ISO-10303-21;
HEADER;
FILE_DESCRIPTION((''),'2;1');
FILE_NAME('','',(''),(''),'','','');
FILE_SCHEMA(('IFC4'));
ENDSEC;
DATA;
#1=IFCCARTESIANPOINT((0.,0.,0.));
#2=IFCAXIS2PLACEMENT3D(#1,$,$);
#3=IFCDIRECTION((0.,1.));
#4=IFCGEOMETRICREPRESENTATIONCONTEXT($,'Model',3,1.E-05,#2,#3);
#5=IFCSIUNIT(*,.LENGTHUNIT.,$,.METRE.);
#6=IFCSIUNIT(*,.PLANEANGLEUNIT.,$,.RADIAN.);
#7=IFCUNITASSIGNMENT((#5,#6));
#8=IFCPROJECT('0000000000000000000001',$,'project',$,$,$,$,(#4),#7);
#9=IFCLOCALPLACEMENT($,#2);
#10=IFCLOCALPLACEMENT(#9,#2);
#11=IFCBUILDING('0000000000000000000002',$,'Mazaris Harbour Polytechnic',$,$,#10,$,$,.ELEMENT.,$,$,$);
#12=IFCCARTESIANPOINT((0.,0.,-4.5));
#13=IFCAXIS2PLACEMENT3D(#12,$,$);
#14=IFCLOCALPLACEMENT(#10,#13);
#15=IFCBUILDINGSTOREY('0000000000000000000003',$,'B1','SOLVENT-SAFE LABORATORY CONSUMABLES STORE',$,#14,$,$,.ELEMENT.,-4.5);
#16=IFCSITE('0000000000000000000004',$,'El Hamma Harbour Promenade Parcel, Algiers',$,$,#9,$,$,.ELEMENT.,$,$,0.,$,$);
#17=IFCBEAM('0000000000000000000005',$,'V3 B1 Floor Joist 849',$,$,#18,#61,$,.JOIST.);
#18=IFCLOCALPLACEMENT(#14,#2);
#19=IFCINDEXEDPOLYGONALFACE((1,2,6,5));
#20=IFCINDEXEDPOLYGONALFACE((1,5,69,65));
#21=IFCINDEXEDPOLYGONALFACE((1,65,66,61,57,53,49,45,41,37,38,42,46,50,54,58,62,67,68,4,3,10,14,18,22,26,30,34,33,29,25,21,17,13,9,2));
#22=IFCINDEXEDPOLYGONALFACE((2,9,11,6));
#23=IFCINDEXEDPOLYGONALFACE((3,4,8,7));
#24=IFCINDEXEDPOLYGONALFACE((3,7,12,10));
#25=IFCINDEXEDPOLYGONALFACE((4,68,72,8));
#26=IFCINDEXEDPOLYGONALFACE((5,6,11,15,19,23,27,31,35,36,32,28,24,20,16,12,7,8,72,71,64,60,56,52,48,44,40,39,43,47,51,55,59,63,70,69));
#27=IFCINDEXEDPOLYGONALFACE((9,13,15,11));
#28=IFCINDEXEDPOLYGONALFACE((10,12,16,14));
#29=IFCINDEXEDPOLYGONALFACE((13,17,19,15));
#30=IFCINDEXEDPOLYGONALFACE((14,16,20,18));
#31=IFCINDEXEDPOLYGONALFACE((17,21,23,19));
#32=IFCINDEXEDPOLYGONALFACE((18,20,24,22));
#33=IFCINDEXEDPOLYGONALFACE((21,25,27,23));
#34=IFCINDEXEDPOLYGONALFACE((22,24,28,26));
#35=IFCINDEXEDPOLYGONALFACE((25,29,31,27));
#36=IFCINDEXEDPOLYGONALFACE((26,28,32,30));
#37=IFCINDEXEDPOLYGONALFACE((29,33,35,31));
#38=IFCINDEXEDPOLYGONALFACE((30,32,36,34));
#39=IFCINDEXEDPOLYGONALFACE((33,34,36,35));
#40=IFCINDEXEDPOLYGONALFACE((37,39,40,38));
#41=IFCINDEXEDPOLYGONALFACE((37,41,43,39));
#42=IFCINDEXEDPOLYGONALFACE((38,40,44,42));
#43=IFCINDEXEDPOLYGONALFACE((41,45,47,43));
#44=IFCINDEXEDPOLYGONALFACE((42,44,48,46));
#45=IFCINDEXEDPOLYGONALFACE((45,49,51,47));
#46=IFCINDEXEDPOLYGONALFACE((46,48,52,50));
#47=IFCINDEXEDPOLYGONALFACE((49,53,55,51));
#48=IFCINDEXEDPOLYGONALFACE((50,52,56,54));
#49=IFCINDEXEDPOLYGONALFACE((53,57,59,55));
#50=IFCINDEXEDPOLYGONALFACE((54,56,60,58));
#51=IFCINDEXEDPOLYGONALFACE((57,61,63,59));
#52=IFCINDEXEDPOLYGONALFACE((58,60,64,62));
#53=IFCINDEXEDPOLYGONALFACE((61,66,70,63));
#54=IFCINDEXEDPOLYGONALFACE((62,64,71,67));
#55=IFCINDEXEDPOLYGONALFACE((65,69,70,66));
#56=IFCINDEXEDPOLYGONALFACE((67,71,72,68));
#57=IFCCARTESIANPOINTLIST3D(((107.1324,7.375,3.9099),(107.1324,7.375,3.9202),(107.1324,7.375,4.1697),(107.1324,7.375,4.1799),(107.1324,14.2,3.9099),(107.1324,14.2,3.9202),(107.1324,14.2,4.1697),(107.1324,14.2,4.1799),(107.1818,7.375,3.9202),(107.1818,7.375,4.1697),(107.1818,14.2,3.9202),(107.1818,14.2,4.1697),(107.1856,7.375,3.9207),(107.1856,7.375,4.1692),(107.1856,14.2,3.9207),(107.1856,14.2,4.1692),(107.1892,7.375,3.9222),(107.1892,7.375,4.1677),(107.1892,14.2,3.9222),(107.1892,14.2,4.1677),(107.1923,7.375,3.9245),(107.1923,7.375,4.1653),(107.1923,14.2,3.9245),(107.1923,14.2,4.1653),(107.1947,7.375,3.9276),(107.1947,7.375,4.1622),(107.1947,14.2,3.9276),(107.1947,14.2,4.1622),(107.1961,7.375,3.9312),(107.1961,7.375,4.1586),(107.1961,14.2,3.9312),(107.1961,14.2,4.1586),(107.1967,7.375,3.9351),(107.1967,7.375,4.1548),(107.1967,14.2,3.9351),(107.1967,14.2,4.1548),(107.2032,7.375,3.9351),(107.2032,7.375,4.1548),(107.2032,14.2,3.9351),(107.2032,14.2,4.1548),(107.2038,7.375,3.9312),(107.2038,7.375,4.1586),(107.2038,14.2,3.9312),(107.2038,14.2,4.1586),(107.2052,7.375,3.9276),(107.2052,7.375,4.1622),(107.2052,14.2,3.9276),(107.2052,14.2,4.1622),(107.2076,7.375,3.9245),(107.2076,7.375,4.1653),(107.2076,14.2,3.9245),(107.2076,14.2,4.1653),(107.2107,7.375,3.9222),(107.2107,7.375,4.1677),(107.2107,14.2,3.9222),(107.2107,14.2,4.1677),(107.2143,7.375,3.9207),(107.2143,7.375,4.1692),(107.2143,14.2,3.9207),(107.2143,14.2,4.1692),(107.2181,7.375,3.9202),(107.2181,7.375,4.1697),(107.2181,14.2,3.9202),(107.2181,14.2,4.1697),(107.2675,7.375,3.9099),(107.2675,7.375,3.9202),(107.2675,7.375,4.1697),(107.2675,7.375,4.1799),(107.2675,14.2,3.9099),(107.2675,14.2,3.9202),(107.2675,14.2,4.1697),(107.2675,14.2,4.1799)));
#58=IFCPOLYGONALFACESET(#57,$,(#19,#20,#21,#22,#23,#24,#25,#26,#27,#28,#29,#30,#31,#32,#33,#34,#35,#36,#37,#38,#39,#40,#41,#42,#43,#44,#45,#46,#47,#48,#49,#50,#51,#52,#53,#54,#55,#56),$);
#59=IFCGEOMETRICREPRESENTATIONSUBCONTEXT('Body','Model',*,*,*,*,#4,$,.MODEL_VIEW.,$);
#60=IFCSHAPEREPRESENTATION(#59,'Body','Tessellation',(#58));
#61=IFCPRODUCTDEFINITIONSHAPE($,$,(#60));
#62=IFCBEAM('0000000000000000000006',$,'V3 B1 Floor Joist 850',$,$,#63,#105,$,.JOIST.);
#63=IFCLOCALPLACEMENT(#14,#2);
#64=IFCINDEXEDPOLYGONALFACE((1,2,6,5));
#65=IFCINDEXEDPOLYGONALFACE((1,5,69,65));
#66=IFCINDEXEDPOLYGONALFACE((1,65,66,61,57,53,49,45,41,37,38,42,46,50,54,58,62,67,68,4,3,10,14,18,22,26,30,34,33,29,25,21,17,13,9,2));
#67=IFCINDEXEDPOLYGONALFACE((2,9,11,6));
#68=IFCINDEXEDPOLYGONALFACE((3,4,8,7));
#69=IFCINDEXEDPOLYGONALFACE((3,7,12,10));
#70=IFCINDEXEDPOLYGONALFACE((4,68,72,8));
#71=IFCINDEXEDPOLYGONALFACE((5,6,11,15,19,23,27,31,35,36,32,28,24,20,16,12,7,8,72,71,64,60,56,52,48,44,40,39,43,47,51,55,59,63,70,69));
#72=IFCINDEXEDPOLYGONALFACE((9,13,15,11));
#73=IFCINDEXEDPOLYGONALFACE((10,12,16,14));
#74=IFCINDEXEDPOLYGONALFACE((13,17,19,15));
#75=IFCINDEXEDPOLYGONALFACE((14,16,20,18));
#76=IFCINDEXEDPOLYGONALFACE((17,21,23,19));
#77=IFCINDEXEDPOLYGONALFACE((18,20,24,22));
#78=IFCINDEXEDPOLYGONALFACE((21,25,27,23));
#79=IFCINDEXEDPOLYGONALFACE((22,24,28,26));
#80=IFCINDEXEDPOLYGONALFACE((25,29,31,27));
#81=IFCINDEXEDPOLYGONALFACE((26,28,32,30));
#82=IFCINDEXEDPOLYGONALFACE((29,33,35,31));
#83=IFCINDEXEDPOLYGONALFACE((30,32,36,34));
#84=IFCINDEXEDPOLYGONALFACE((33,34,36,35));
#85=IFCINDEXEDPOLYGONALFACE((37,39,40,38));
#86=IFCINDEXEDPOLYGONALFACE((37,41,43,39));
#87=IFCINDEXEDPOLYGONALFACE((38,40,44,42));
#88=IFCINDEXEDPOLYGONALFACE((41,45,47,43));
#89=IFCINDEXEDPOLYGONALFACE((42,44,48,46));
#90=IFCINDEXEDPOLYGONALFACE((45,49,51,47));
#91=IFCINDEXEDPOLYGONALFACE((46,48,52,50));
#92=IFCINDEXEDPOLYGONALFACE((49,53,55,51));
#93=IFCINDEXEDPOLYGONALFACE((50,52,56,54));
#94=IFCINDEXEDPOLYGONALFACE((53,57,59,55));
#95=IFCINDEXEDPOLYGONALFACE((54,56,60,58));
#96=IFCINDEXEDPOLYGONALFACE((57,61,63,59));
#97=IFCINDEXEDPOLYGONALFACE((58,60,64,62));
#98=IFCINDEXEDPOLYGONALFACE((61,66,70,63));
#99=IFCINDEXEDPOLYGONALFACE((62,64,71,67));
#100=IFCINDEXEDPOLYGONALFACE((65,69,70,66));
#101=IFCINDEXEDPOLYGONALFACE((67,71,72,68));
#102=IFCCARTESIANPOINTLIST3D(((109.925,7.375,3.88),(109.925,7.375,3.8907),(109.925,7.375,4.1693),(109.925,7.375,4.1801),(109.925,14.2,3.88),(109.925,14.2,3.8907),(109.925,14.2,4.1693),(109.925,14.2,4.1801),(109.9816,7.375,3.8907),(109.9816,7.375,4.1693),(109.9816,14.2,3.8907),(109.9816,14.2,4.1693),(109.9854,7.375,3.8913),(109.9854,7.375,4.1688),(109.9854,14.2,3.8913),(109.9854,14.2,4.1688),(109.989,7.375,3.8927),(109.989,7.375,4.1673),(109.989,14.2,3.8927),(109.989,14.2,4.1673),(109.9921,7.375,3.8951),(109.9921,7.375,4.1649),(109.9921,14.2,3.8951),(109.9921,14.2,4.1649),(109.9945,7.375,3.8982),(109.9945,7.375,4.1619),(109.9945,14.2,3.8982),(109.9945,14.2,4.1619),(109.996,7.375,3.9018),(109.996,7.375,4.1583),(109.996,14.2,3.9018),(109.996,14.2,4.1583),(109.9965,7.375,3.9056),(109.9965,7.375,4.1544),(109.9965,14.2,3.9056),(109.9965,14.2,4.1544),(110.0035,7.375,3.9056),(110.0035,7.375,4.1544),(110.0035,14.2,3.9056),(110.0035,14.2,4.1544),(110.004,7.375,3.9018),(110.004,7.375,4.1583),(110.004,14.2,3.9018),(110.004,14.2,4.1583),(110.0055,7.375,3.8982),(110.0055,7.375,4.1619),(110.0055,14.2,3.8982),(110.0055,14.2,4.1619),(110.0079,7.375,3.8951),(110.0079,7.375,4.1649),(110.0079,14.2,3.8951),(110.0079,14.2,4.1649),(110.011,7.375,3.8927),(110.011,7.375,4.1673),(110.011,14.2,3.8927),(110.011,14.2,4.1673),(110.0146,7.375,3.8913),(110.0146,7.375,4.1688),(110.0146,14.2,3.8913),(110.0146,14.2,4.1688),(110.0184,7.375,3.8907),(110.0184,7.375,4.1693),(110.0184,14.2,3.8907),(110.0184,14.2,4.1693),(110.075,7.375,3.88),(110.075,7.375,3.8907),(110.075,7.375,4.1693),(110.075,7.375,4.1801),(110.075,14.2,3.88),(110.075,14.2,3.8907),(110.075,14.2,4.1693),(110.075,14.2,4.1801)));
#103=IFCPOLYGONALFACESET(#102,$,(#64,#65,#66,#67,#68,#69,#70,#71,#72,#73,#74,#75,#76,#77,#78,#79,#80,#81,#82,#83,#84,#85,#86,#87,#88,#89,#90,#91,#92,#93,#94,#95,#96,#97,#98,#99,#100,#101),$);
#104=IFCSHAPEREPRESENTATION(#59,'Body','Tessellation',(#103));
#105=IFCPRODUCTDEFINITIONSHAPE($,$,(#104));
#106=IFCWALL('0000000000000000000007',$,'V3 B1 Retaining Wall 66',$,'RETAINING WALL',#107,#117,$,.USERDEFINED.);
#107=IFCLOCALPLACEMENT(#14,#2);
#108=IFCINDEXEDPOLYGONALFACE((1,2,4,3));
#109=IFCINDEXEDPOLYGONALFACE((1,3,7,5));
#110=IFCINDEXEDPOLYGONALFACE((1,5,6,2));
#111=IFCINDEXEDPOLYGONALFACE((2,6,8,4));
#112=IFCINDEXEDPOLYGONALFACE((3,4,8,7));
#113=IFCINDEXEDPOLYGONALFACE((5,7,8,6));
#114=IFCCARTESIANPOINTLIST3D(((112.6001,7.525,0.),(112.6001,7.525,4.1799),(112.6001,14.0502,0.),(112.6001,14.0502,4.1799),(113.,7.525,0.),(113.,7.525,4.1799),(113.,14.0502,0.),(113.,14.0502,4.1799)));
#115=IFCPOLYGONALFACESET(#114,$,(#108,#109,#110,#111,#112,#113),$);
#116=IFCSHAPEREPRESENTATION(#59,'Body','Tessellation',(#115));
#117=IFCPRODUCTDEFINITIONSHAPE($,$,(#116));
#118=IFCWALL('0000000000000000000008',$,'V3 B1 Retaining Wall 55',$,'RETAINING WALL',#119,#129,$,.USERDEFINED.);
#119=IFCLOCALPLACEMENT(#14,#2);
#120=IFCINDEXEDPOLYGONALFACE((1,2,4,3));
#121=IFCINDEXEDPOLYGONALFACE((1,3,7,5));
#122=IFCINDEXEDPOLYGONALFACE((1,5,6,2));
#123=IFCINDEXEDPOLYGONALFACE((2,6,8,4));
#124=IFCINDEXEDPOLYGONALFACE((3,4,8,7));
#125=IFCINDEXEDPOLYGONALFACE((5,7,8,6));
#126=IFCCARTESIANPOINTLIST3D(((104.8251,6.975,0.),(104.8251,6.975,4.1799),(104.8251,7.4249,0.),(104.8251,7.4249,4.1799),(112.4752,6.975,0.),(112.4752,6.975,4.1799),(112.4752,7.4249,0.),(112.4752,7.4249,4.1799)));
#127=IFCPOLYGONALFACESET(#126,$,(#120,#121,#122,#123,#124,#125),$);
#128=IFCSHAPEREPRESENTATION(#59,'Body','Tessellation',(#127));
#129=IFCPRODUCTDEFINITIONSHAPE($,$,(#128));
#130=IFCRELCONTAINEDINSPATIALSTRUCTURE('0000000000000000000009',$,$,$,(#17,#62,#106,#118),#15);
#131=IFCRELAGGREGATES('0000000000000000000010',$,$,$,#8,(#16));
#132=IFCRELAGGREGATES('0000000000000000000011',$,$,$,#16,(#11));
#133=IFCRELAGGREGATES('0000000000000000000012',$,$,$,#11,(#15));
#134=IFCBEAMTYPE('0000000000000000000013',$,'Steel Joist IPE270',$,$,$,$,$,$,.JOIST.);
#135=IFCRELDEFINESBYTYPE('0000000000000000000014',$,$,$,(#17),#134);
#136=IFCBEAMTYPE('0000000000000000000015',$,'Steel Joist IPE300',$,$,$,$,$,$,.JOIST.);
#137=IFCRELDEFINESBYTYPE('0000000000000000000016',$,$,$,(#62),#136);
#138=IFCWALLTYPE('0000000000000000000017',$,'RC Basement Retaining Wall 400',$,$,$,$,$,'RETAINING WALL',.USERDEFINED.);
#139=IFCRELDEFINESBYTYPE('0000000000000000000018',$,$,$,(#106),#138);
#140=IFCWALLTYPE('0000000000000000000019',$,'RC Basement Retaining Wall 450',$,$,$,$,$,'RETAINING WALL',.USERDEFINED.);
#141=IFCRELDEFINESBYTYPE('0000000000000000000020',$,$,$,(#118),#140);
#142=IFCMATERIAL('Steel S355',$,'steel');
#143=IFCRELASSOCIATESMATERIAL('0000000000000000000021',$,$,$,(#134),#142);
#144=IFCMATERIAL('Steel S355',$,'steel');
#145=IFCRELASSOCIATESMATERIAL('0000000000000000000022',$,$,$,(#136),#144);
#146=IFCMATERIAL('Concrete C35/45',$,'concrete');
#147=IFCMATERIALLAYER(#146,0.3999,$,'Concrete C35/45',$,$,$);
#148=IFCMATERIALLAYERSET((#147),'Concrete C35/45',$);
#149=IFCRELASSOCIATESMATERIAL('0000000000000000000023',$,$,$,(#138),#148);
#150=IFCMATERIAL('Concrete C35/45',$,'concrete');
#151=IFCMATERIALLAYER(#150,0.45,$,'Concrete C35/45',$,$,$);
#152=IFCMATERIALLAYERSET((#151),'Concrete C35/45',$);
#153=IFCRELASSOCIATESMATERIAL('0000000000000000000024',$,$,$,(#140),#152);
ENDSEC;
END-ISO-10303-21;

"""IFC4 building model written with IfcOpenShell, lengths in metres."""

from ifc_helpers import new_model, si_unit, direction, frame, frame_2d, origin, origin_2d, place, context, subcontext, project, spatial, rectangle, i_section, extrude, material, layer, layer_set, material_profile, profile_set, type_object, element, save


model = new_model("IFC4")

# Units and contexts
model_context = context("Model", 3, precision=1e-05, world=origin(), true_north=direction((0.0, 1.0)))
body_context = subcontext(model_context, "Body", "Model", "MODEL_VIEW")
ifc_project = project(units=[si_unit("LENGTHUNIT", "METRE"), si_unit("PLANEANGLEUNIT", "RADIAN")], contexts=[model_context])

# Site, building, storey
site_placement = place(None, origin())
site = spatial("IfcSite", under=ifc_project, at=site_placement, Name="El Hamma Harbour Promenade Parcel, Algiers", CompositionType="ELEMENT", RefElevation=0.0)
building_placement = place(site_placement, origin())
building = spatial("IfcBuilding", under=site, at=building_placement, Name="Mazaris Harbour Polytechnic", CompositionType="ELEMENT")
storey_placement = place(building_placement, frame((0.0, 0.0, -4.5)))
storey = spatial("IfcBuildingStorey", under=building, at=storey_placement, Name="B1", Description="SOLVENT-SAFE LABORATORY CONSUMABLES STORE", CompositionType="ELEMENT", Elevation=-4.5)

# Beams
ifc_material_1 = material(Name="Steel S355", Category="steel")
ifc_material_profile_1 = material_profile(ifc_material_1, i_section(OverallWidth=0.135, OverallDepth=0.27, WebThickness=0.0066, FlangeThickness=0.0103, FilletRadius=0.0149, at=origin_2d()), Name="IPE 270")
ifc_profile_set_1 = profile_set([ifc_material_profile_1], Name="Steel S355")
beam_type_1 = type_object("IfcBeamType", Name="Steel Joist IPE270", PredefinedType="JOIST", material=ifc_profile_set_1)
beam_1_placement = place(storey_placement, frame((107.2, 7.375, 4.0449), z_axis=(0.0, 1.0, 0.0), x_axis=(-1.0, 0.0, 0.0)))
element("IfcBeam", 1, at=beam_1_placement, inside=storey, type_object=beam_type_1, Name="V3 B1 Floor Joist 849", PredefinedType="JOIST", context=body_context, shape_type="SweptSolid", body=[
    extrude(i_section(OverallWidth=0.135, OverallDepth=0.27, WebThickness=0.0066, FlangeThickness=0.0103, FilletRadius=0.0149, at=origin_2d()), origin(), (0.0, 0.0, 1.0), 6.825),
])
ifc_material_2 = material(Name="Steel S355", Category="steel")
ifc_material_profile_2 = material_profile(ifc_material_2, i_section(OverallWidth=0.1499, OverallDepth=0.3, WebThickness=0.0071, FlangeThickness=0.0107, FilletRadius=0.0149, at=origin_2d()), Name="IPE 300")
ifc_profile_set_2 = profile_set([ifc_material_profile_2], Name="Steel S355")
beam_type_2 = type_object("IfcBeamType", Name="Steel Joist IPE300", PredefinedType="JOIST", material=ifc_profile_set_2)
beam_2_placement = place(storey_placement, frame((110.0, 7.375, 4.03), z_axis=(0.0, 1.0, 0.0), x_axis=(-1.0, 0.0, 0.0)))
element("IfcBeam", 2, at=beam_2_placement, inside=storey, type_object=beam_type_2, Name="V3 B1 Floor Joist 850", PredefinedType="JOIST", context=body_context, shape_type="SweptSolid", body=[
    extrude(i_section(OverallWidth=0.1499, OverallDepth=0.3, WebThickness=0.0071, FlangeThickness=0.0107, FilletRadius=0.0149, at=origin_2d()), origin(), (0.0, 0.0, 1.0), 6.825),
])

# Walls
ifc_material_3 = material(Name="Concrete C35/45", Category="concrete")
ifc_layer_1 = layer(ifc_material_3, 0.3999, Name="Concrete C35/45")
ifc_layer_set_1 = layer_set([ifc_layer_1], Name="Concrete C35/45")
wall_type_1 = type_object("IfcWallType", Name="RC Basement Retaining Wall 400", ElementType="RETAINING WALL", PredefinedType="USERDEFINED", material=ifc_layer_set_1)
wall_1_placement = place(storey_placement, frame((112.8, 7.5249, 0.0), z_axis=(0.0, 0.0, 1.0), x_axis=(0.0, 1.0, 0.0)))
element("IfcWall", 3, at=wall_1_placement, inside=storey, type_object=wall_type_1, Name="V3 B1 Retaining Wall 66", ObjectType="RETAINING WALL", PredefinedType="USERDEFINED", context=body_context, shape_type="SweptSolid", body=[
    extrude(rectangle(XDim=6.5251, YDim=0.3999, at=frame_2d((3.2627, 0.0))), origin(), (0.0, 0.0, 1.0), 4.1799),
])
ifc_material_4 = material(Name="Concrete C35/45", Category="concrete")
ifc_layer_2 = layer(ifc_material_4, 0.45, Name="Concrete C35/45")
ifc_layer_set_2 = layer_set([ifc_layer_2], Name="Concrete C35/45")
wall_type_2 = type_object("IfcWallType", Name="RC Basement Retaining Wall 450", ElementType="RETAINING WALL", PredefinedType="USERDEFINED", material=ifc_layer_set_2)
wall_2_placement = place(storey_placement, frame((104.825, 7.2, 0.0), z_axis=(0.0, 0.0, 1.0), x_axis=(1.0, 0.0, 0.0)))
element("IfcWall", 4, at=wall_2_placement, inside=storey, type_object=wall_type_2, Name="V3 B1 Retaining Wall 55", ObjectType="RETAINING WALL", PredefinedType="USERDEFINED", context=body_context, shape_type="SweptSolid", body=[
    extrude(rectangle(XDim=7.6501, YDim=0.45, at=frame_2d((3.8252, 0.0))), origin(), (0.0, 0.0, 1.0), 4.1799),
])

save(model, "model.ifc")
